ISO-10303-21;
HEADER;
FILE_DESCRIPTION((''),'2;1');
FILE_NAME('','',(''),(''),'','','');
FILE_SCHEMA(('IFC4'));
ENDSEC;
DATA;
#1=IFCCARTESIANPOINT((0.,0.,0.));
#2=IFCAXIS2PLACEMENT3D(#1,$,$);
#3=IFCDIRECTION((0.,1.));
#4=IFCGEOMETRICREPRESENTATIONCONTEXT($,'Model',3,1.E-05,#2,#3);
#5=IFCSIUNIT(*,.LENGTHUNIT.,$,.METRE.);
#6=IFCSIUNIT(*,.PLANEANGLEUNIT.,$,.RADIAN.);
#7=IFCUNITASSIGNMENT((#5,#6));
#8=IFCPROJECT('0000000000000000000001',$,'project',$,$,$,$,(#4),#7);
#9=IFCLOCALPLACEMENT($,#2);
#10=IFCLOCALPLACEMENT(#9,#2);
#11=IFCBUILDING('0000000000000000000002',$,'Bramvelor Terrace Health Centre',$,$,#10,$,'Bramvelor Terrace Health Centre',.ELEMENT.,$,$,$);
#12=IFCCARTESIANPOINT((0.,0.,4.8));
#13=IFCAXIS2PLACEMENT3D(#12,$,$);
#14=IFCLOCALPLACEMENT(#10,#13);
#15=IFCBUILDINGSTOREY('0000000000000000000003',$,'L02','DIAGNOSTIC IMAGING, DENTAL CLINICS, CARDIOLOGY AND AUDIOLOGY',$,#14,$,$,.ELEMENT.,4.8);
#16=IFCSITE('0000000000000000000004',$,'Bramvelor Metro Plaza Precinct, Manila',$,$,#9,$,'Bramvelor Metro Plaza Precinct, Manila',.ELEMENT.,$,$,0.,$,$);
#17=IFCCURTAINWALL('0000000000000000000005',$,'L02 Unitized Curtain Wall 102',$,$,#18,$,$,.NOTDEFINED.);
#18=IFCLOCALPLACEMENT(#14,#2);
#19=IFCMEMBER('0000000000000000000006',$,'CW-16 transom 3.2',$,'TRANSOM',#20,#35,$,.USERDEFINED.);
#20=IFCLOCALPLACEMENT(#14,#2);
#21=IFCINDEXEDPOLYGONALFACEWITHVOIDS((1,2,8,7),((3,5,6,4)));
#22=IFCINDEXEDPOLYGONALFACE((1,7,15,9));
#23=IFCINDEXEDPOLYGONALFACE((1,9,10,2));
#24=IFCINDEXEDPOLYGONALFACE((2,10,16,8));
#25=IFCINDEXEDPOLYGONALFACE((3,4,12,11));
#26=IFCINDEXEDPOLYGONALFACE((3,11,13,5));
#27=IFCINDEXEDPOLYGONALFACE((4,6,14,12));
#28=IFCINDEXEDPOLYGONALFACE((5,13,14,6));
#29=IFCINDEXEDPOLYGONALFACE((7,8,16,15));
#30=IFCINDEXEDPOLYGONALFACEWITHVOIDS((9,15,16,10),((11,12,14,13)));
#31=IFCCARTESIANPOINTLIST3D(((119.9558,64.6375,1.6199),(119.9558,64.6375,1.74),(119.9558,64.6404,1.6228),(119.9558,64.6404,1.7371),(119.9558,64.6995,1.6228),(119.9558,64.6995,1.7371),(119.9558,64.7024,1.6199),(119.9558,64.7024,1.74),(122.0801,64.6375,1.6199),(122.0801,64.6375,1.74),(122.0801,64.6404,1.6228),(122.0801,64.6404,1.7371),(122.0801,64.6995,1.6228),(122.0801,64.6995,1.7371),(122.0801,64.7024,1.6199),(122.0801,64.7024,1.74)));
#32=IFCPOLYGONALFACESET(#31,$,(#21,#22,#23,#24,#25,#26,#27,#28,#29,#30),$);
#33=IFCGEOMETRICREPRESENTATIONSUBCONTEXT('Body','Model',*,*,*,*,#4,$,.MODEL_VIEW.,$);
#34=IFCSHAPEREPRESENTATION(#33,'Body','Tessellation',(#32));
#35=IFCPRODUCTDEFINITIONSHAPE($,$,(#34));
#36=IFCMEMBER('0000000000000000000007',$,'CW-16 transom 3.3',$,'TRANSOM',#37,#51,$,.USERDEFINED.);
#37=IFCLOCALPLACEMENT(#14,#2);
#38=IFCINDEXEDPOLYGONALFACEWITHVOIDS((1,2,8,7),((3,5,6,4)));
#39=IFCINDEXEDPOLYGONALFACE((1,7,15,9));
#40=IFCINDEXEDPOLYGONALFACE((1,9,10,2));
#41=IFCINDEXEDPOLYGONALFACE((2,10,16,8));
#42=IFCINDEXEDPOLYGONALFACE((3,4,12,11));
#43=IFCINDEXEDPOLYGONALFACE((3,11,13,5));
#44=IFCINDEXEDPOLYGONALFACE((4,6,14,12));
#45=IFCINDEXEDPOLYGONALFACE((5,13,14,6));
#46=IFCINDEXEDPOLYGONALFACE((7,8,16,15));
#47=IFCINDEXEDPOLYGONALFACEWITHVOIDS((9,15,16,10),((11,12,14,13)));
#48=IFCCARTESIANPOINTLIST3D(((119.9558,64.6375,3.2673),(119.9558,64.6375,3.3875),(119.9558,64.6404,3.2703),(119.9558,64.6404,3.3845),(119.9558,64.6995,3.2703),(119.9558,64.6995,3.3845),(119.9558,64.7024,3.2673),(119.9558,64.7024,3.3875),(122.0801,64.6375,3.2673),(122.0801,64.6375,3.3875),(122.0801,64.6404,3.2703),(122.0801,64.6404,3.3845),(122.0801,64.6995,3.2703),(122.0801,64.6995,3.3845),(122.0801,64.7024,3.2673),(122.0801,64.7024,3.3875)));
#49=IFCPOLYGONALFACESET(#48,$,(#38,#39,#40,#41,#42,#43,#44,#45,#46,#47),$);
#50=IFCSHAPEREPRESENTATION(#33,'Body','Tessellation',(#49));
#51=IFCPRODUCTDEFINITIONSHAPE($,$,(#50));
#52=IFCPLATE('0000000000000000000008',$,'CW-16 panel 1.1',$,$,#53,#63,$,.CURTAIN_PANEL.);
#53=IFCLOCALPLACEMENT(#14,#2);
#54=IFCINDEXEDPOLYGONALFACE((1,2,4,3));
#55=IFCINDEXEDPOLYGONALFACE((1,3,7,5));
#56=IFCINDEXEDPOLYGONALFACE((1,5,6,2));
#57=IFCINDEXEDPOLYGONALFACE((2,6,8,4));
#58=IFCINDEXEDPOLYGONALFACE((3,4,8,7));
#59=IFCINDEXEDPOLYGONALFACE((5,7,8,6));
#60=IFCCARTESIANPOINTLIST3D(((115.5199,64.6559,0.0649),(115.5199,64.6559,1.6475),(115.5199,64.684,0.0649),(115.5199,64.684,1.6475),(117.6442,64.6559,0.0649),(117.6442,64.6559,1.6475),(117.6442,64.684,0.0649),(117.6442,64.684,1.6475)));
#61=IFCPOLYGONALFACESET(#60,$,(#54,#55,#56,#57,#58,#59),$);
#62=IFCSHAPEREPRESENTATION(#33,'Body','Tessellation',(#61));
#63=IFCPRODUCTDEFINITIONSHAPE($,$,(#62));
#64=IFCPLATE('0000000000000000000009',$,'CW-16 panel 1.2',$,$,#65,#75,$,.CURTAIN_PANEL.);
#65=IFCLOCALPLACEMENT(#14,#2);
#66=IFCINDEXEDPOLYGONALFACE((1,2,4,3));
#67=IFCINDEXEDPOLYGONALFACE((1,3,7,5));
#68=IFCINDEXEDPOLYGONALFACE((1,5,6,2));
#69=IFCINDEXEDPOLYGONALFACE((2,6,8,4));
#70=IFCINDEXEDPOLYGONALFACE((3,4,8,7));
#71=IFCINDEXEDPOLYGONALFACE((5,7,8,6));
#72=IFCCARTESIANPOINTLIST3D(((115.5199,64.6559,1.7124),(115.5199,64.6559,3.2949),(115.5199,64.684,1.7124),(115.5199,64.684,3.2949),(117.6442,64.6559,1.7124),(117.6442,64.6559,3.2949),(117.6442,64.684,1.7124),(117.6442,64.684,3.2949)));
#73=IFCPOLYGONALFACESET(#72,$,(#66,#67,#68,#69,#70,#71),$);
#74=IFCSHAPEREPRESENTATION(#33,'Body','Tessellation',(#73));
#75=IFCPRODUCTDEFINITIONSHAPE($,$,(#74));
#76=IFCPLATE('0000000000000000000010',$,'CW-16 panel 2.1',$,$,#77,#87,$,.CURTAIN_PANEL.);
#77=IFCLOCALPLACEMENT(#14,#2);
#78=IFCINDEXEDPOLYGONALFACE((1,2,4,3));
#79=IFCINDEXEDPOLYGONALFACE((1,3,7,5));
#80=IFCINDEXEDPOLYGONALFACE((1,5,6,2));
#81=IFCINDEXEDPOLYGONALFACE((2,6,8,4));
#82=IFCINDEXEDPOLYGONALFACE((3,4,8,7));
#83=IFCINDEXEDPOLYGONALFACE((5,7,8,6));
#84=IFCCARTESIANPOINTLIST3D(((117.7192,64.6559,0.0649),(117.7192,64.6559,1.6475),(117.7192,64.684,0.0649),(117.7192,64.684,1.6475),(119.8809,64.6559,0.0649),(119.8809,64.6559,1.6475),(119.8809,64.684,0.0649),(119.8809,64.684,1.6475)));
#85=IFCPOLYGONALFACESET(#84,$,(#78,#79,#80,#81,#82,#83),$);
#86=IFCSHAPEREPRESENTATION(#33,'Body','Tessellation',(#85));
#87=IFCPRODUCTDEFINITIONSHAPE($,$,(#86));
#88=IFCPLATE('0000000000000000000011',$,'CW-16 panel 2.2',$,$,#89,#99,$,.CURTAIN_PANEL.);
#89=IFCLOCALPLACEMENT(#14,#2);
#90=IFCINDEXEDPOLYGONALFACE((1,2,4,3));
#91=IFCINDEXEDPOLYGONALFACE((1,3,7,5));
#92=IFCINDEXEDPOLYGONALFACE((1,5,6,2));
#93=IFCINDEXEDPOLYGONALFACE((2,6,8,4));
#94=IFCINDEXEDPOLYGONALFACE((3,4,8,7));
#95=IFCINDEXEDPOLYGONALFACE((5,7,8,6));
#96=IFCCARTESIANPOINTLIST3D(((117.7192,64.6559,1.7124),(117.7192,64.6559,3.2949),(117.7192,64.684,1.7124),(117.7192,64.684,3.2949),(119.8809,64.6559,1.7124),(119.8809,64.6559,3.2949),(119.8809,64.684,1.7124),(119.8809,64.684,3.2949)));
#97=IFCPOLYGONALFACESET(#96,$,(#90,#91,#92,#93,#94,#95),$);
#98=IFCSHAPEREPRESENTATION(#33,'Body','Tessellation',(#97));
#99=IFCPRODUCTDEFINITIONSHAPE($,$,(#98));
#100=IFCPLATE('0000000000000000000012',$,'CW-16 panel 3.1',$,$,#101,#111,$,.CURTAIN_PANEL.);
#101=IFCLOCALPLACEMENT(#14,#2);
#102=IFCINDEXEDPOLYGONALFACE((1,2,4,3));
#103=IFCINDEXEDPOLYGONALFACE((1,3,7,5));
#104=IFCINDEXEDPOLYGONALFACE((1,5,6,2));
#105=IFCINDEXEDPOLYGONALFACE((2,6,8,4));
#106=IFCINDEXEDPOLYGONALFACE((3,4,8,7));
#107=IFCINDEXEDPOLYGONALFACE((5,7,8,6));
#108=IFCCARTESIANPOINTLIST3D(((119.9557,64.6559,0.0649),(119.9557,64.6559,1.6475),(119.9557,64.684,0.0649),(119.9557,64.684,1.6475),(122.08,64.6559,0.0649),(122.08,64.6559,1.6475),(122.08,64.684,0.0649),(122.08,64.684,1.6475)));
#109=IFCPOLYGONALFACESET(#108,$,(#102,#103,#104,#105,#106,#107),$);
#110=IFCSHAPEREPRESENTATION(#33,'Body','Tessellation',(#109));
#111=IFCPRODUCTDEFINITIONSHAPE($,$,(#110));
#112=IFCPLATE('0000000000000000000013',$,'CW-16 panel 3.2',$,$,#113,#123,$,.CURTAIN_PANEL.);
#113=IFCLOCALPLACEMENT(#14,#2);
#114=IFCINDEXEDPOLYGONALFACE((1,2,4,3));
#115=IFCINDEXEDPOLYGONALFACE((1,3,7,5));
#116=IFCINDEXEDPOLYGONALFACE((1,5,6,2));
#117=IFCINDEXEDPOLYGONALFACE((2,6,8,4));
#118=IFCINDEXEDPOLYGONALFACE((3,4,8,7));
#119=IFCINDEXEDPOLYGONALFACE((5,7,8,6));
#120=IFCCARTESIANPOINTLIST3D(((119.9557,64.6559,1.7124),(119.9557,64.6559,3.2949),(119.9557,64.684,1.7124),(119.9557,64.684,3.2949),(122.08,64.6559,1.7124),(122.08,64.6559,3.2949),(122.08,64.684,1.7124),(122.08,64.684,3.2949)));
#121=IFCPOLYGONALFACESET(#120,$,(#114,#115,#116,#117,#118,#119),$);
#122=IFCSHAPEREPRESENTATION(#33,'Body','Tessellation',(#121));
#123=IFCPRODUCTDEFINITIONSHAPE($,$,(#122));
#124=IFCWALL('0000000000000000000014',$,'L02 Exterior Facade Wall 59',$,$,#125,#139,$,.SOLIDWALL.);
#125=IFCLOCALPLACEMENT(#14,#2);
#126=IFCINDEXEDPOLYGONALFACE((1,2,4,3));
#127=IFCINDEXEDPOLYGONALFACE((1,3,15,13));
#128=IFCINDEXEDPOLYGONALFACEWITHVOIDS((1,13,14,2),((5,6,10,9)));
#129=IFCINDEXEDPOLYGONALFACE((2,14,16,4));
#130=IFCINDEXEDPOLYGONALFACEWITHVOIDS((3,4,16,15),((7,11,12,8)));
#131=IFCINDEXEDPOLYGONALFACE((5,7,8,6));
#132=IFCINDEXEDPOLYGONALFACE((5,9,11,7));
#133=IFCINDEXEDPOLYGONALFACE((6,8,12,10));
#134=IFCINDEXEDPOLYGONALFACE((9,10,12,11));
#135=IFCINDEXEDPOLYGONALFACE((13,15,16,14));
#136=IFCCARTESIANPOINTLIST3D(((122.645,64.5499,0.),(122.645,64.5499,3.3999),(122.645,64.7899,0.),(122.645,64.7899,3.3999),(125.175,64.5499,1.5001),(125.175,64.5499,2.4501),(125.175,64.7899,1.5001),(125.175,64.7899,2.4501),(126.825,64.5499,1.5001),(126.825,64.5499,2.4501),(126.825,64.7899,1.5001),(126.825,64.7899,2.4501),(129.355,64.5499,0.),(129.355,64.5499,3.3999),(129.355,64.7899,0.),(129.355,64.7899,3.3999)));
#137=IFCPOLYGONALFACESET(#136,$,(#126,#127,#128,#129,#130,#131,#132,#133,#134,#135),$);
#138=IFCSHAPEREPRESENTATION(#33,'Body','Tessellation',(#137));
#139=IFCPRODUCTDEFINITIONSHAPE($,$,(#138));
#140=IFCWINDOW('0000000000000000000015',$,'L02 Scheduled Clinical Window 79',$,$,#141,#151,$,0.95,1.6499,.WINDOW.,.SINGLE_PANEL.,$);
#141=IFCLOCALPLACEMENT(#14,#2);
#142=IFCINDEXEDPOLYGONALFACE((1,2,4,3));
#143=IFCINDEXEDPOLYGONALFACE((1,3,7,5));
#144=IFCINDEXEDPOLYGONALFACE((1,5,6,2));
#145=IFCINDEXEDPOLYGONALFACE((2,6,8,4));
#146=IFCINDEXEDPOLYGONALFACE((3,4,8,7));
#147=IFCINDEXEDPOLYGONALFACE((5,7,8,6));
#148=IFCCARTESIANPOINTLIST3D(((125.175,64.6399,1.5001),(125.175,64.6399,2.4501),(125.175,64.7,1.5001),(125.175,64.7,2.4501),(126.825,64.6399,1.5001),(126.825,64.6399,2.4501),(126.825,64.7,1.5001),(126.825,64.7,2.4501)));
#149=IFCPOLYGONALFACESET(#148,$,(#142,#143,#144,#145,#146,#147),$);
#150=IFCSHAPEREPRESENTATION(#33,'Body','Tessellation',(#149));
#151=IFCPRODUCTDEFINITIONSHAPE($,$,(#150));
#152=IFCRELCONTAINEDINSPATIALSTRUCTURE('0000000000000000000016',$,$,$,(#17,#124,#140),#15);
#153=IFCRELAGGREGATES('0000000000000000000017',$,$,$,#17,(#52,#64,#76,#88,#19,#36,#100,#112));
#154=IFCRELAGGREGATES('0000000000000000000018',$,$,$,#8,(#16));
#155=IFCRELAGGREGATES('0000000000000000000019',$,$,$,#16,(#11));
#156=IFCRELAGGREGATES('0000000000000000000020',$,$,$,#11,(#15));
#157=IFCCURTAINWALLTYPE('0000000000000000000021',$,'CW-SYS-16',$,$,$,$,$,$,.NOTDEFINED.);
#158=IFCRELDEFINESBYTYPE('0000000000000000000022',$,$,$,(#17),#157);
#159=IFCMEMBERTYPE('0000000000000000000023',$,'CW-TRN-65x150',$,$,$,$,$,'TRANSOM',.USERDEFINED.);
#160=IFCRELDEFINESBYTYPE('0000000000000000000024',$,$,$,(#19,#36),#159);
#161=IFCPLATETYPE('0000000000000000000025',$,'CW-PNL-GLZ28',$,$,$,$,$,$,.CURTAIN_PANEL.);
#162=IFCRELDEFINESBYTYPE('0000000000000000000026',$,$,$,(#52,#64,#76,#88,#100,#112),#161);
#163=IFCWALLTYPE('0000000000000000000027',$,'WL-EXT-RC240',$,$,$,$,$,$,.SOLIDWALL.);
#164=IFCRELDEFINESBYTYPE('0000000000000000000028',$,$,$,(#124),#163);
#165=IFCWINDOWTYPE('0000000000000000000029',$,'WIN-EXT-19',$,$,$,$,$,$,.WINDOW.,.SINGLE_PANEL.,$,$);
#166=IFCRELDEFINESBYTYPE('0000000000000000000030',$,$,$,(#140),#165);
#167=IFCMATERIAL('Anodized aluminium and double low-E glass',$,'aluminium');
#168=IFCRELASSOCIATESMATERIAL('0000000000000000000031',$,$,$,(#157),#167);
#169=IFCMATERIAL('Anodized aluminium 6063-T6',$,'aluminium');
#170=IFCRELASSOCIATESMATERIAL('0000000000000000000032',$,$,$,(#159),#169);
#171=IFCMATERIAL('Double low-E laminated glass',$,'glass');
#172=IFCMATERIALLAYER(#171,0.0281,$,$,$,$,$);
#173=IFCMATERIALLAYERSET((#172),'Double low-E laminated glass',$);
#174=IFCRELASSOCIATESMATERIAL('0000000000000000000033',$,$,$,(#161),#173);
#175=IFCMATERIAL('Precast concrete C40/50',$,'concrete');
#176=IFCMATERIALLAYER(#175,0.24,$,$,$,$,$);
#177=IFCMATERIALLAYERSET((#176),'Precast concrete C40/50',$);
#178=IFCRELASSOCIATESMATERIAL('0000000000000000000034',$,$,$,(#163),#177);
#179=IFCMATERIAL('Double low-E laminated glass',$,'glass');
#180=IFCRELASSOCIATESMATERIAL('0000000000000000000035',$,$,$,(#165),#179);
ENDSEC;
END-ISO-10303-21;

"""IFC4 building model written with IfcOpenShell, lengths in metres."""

from ifc_helpers import new_model, si_unit, direction, frame, frame_2d, origin, origin_2d, place, context, subcontext, project, spatial, rectangle, hollow_rectangle, extrude, material, layer, layer_set, material_profile, profile_set, type_object, element, fill, aggregate, save


model = new_model("IFC4")

# Units and contexts
model_context = context("Model", 3, precision=1e-05, world=origin(), true_north=direction((0.0, 1.0)))
body_context = subcontext(model_context, "Body", "Model", "MODEL_VIEW")
ifc_project = project(units=[si_unit("LENGTHUNIT", "METRE"), si_unit("PLANEANGLEUNIT", "RADIAN")], contexts=[model_context])

# Site, building, storey
site_placement = place(None, origin())
site = spatial("IfcSite", under=ifc_project, at=site_placement, Name="Bramvelor Metro Plaza Precinct, Manila", LongName="Bramvelor Metro Plaza Precinct, Manila", CompositionType="ELEMENT", RefElevation=0.0)
building_placement = place(site_placement, origin())
building = spatial("IfcBuilding", under=site, at=building_placement, Name="Bramvelor Terrace Health Centre", LongName="Bramvelor Terrace Health Centre", CompositionType="ELEMENT")
storey_placement = place(building_placement, frame((0.0, 0.0, 4.8)))
storey = spatial("IfcBuildingStorey", under=building, at=storey_placement, Name="L02", Description="DIAGNOSTIC IMAGING, DENTAL CLINICS, CARDIOLOGY AND AUDIOLOGY", CompositionType="ELEMENT", Elevation=4.8)

# Curtain wall, members, plates
ifc_material_1 = material(Name="Anodized aluminium and double low-E glass", Category="aluminium")
curtain_wall_type = type_object("IfcCurtainWallType", Name="CW-SYS-16", PredefinedType="NOTDEFINED", material=ifc_material_1)
curtain_wall_placement = place(storey_placement, origin())
curtain_wall = element("IfcCurtainWall", 1, at=curtain_wall_placement, inside=storey, type_object=curtain_wall_type, Name="L02 Unitized Curtain Wall 102", PredefinedType="NOTDEFINED")
ifc_material_2 = material(Name="Anodized aluminium 6063-T6", Category="aluminium")
ifc_material_profile_1 = material_profile(ifc_material_2, hollow_rectangle(XDim=0.0649, YDim=0.1201, WallThickness=0.0029, at=origin_2d()), Name="ALU-TRN 65x120x3.0")
ifc_profile_set_1 = profile_set([ifc_material_profile_1], Name="Anodized aluminium 6063-T6")
member_type_1 = type_object("IfcMemberType", Name="CW-TRN-65x150", ElementType="TRANSOM", PredefinedType="USERDEFINED", material=ifc_profile_set_1)
member_1_placement = place(storey_placement, frame((119.9558, 64.6699, 1.6799), z_axis=(1.0, 0.0, 0.0), x_axis=(0.0, 1.0, 0.0)))
member_1 = element("IfcMember", 2, at=member_1_placement, type_object=member_type_1, Name="CW-16 transom 3.2", ObjectType="TRANSOM", PredefinedType="USERDEFINED", context=body_context, shape_type="SweptSolid", body=[
    extrude(hollow_rectangle(XDim=0.0649, YDim=0.1201, WallThickness=0.0029, at=origin_2d()), origin(), (0.0, 0.0, 1.0), 2.1243),
])
member_2_placement = place(storey_placement, frame((119.9558, 64.6699, 3.3274), z_axis=(1.0, 0.0, 0.0), x_axis=(0.0, 1.0, 0.0)))
member_2 = element("IfcMember", 3, at=member_2_placement, type_object=member_type_1, Name="CW-16 transom 3.3", ObjectType="TRANSOM", PredefinedType="USERDEFINED", context=body_context, shape_type="SweptSolid", body=[
    extrude(hollow_rectangle(XDim=0.0649, YDim=0.1201, WallThickness=0.0029, at=origin_2d()), origin(), (0.0, 0.0, 1.0), 2.1243),
])
ifc_material_3 = material(Name="Double low-E laminated glass", Category="glass")
ifc_layer_1 = layer(ifc_material_3, 0.0281)
ifc_layer_set_1 = layer_set([ifc_layer_1], Name="Double low-E laminated glass")
plate_type = type_object("IfcPlateType", Name="CW-PNL-GLZ28", PredefinedType="CURTAIN_PANEL", material=ifc_layer_set_1)
plate_1_placement = place(storey_placement, frame((116.582, 64.6699, 0.0649), z_axis=(0.0, 0.0, 1.0), x_axis=(1.0, 0.0, 0.0)))
plate_1 = element("IfcPlate", 4, at=plate_1_placement, type_object=plate_type, Name="CW-16 panel 1.1", PredefinedType="CURTAIN_PANEL", context=body_context, shape_type="SweptSolid", body=[
    extrude(rectangle(XDim=2.1243, YDim=0.0281, at=origin_2d()), origin(), (0.0, 0.0, 1.0), 1.5825),
])
plate_2_placement = place(storey_placement, frame((116.582, 64.6699, 1.7124), z_axis=(0.0, 0.0, 1.0), x_axis=(1.0, 0.0, 0.0)))
plate_2 = element("IfcPlate", 5, at=plate_2_placement, type_object=plate_type, Name="CW-16 panel 1.2", PredefinedType="CURTAIN_PANEL", context=body_context, shape_type="SweptSolid", body=[
    extrude(rectangle(XDim=2.1243, YDim=0.0281, at=origin_2d()), origin(), (0.0, 0.0, 1.0), 1.5825),
])
plate_3_placement = place(storey_placement, frame((118.8, 64.6699, 0.0649), z_axis=(0.0, 0.0, 1.0), x_axis=(1.0, 0.0, 0.0)))
plate_3 = element("IfcPlate", 6, at=plate_3_placement, type_object=plate_type, Name="CW-16 panel 2.1", PredefinedType="CURTAIN_PANEL", context=body_context, shape_type="SweptSolid", body=[
    extrude(rectangle(XDim=2.1616, YDim=0.0281, at=origin_2d()), origin(), (0.0, 0.0, 1.0), 1.5825),
])
plate_4_placement = place(storey_placement, frame((118.8, 64.6699, 1.7124), z_axis=(0.0, 0.0, 1.0), x_axis=(1.0, 0.0, 0.0)))
plate_4 = element("IfcPlate", 7, at=plate_4_placement, type_object=plate_type, Name="CW-16 panel 2.2", PredefinedType="CURTAIN_PANEL", context=body_context, shape_type="SweptSolid", body=[
    extrude(rectangle(XDim=2.1616, YDim=0.0281, at=origin_2d()), origin(), (0.0, 0.0, 1.0), 1.5825),
])
plate_5_placement = place(storey_placement, frame((121.0178, 64.6699, 0.0649), z_axis=(0.0, 0.0, 1.0), x_axis=(1.0, 0.0, 0.0)))
plate_5 = element("IfcPlate", 8, at=plate_5_placement, type_object=plate_type, Name="CW-16 panel 3.1", PredefinedType="CURTAIN_PANEL", context=body_context, shape_type="SweptSolid", body=[
    extrude(rectangle(XDim=2.1243, YDim=0.0281, at=origin_2d()), origin(), (0.0, 0.0, 1.0), 1.5825),
])
plate_6_placement = place(storey_placement, frame((121.0178, 64.6699, 1.7124), z_axis=(0.0, 0.0, 1.0), x_axis=(1.0, 0.0, 0.0)))
plate_6 = element("IfcPlate", 9, at=plate_6_placement, type_object=plate_type, Name="CW-16 panel 3.2", PredefinedType="CURTAIN_PANEL", context=body_context, shape_type="SweptSolid", body=[
    extrude(rectangle(XDim=2.1243, YDim=0.0281, at=origin_2d()), origin(), (0.0, 0.0, 1.0), 1.5825),
])
aggregate(curtain_wall, [plate_1, plate_2, plate_3, plate_4, member_1, member_2, plate_5, plate_6])

# Wall, opening, window
ifc_material_4 = material(Name="Precast concrete C40/50", Category="concrete")
ifc_layer_2 = layer(ifc_material_4, 0.24)
ifc_layer_set_2 = layer_set([ifc_layer_2], Name="Precast concrete C40/50")
wall_type = type_object("IfcWallType", Name="WL-EXT-RC240", PredefinedType="SOLIDWALL", material=ifc_layer_set_2)
wall_placement = place(storey_placement, frame((122.645, 64.6699, 0.0), z_axis=(0.0, 0.0, 1.0), x_axis=(1.0, 0.0, 0.0)))
wall = element("IfcWall", 10, at=wall_placement, inside=storey, type_object=wall_type, Name="L02 Exterior Facade Wall 59", PredefinedType="SOLIDWALL", context=body_context, shape_type="SweptSolid", body=[
    extrude(rectangle(XDim=6.71, YDim=0.24, at=frame_2d((3.355, 0.0))), origin(), (0.0, 0.0, 1.0), 3.3999),
])
opening_placement = place(wall_placement, frame((2.53, 0.0, 1.5)))
opening = element("IfcOpeningElement", 11, at=opening_placement, cuts=wall, PredefinedType="OPENING", context=body_context, shape_type="SweptSolid", body=[
    extrude(rectangle(XDim=1.6499, YDim=0.95, at=frame_2d((0.825, 0.4751))), frame((0.0, 0.1299, 0.0), z_axis=(0.0, -1.0, 0.0), x_axis=(1.0, 0.0, 0.0)), (0.0, 0.0, 1.0), 0.26),
])
ifc_material_5 = material(Name="Double low-E laminated glass", Category="glass")
window_type = type_object("IfcWindowType", Name="WIN-EXT-19", PartitioningType="SINGLE_PANEL", PredefinedType="WINDOW", material=ifc_material_5)
window_placement = place(opening_placement, origin())
window = element("IfcWindow", 12, at=window_placement, inside=storey, type_object=window_type, Name="L02 Scheduled Clinical Window 79", OverallHeight=0.95, OverallWidth=1.6499, PartitioningType="SINGLE_PANEL", PredefinedType="WINDOW", context=body_context, shape_type="SweptSolid", body=[
    extrude(rectangle(XDim=1.6499, YDim=0.95, at=frame_2d((0.825, 0.4751))), frame((0.0, 0.03, 0.0), z_axis=(0.0, -1.0, 0.0), x_axis=(1.0, 0.0, 0.0)), (0.0, 0.0, 1.0), 0.0601),
])
fill(opening, window)

save(model, "model.ifc")
